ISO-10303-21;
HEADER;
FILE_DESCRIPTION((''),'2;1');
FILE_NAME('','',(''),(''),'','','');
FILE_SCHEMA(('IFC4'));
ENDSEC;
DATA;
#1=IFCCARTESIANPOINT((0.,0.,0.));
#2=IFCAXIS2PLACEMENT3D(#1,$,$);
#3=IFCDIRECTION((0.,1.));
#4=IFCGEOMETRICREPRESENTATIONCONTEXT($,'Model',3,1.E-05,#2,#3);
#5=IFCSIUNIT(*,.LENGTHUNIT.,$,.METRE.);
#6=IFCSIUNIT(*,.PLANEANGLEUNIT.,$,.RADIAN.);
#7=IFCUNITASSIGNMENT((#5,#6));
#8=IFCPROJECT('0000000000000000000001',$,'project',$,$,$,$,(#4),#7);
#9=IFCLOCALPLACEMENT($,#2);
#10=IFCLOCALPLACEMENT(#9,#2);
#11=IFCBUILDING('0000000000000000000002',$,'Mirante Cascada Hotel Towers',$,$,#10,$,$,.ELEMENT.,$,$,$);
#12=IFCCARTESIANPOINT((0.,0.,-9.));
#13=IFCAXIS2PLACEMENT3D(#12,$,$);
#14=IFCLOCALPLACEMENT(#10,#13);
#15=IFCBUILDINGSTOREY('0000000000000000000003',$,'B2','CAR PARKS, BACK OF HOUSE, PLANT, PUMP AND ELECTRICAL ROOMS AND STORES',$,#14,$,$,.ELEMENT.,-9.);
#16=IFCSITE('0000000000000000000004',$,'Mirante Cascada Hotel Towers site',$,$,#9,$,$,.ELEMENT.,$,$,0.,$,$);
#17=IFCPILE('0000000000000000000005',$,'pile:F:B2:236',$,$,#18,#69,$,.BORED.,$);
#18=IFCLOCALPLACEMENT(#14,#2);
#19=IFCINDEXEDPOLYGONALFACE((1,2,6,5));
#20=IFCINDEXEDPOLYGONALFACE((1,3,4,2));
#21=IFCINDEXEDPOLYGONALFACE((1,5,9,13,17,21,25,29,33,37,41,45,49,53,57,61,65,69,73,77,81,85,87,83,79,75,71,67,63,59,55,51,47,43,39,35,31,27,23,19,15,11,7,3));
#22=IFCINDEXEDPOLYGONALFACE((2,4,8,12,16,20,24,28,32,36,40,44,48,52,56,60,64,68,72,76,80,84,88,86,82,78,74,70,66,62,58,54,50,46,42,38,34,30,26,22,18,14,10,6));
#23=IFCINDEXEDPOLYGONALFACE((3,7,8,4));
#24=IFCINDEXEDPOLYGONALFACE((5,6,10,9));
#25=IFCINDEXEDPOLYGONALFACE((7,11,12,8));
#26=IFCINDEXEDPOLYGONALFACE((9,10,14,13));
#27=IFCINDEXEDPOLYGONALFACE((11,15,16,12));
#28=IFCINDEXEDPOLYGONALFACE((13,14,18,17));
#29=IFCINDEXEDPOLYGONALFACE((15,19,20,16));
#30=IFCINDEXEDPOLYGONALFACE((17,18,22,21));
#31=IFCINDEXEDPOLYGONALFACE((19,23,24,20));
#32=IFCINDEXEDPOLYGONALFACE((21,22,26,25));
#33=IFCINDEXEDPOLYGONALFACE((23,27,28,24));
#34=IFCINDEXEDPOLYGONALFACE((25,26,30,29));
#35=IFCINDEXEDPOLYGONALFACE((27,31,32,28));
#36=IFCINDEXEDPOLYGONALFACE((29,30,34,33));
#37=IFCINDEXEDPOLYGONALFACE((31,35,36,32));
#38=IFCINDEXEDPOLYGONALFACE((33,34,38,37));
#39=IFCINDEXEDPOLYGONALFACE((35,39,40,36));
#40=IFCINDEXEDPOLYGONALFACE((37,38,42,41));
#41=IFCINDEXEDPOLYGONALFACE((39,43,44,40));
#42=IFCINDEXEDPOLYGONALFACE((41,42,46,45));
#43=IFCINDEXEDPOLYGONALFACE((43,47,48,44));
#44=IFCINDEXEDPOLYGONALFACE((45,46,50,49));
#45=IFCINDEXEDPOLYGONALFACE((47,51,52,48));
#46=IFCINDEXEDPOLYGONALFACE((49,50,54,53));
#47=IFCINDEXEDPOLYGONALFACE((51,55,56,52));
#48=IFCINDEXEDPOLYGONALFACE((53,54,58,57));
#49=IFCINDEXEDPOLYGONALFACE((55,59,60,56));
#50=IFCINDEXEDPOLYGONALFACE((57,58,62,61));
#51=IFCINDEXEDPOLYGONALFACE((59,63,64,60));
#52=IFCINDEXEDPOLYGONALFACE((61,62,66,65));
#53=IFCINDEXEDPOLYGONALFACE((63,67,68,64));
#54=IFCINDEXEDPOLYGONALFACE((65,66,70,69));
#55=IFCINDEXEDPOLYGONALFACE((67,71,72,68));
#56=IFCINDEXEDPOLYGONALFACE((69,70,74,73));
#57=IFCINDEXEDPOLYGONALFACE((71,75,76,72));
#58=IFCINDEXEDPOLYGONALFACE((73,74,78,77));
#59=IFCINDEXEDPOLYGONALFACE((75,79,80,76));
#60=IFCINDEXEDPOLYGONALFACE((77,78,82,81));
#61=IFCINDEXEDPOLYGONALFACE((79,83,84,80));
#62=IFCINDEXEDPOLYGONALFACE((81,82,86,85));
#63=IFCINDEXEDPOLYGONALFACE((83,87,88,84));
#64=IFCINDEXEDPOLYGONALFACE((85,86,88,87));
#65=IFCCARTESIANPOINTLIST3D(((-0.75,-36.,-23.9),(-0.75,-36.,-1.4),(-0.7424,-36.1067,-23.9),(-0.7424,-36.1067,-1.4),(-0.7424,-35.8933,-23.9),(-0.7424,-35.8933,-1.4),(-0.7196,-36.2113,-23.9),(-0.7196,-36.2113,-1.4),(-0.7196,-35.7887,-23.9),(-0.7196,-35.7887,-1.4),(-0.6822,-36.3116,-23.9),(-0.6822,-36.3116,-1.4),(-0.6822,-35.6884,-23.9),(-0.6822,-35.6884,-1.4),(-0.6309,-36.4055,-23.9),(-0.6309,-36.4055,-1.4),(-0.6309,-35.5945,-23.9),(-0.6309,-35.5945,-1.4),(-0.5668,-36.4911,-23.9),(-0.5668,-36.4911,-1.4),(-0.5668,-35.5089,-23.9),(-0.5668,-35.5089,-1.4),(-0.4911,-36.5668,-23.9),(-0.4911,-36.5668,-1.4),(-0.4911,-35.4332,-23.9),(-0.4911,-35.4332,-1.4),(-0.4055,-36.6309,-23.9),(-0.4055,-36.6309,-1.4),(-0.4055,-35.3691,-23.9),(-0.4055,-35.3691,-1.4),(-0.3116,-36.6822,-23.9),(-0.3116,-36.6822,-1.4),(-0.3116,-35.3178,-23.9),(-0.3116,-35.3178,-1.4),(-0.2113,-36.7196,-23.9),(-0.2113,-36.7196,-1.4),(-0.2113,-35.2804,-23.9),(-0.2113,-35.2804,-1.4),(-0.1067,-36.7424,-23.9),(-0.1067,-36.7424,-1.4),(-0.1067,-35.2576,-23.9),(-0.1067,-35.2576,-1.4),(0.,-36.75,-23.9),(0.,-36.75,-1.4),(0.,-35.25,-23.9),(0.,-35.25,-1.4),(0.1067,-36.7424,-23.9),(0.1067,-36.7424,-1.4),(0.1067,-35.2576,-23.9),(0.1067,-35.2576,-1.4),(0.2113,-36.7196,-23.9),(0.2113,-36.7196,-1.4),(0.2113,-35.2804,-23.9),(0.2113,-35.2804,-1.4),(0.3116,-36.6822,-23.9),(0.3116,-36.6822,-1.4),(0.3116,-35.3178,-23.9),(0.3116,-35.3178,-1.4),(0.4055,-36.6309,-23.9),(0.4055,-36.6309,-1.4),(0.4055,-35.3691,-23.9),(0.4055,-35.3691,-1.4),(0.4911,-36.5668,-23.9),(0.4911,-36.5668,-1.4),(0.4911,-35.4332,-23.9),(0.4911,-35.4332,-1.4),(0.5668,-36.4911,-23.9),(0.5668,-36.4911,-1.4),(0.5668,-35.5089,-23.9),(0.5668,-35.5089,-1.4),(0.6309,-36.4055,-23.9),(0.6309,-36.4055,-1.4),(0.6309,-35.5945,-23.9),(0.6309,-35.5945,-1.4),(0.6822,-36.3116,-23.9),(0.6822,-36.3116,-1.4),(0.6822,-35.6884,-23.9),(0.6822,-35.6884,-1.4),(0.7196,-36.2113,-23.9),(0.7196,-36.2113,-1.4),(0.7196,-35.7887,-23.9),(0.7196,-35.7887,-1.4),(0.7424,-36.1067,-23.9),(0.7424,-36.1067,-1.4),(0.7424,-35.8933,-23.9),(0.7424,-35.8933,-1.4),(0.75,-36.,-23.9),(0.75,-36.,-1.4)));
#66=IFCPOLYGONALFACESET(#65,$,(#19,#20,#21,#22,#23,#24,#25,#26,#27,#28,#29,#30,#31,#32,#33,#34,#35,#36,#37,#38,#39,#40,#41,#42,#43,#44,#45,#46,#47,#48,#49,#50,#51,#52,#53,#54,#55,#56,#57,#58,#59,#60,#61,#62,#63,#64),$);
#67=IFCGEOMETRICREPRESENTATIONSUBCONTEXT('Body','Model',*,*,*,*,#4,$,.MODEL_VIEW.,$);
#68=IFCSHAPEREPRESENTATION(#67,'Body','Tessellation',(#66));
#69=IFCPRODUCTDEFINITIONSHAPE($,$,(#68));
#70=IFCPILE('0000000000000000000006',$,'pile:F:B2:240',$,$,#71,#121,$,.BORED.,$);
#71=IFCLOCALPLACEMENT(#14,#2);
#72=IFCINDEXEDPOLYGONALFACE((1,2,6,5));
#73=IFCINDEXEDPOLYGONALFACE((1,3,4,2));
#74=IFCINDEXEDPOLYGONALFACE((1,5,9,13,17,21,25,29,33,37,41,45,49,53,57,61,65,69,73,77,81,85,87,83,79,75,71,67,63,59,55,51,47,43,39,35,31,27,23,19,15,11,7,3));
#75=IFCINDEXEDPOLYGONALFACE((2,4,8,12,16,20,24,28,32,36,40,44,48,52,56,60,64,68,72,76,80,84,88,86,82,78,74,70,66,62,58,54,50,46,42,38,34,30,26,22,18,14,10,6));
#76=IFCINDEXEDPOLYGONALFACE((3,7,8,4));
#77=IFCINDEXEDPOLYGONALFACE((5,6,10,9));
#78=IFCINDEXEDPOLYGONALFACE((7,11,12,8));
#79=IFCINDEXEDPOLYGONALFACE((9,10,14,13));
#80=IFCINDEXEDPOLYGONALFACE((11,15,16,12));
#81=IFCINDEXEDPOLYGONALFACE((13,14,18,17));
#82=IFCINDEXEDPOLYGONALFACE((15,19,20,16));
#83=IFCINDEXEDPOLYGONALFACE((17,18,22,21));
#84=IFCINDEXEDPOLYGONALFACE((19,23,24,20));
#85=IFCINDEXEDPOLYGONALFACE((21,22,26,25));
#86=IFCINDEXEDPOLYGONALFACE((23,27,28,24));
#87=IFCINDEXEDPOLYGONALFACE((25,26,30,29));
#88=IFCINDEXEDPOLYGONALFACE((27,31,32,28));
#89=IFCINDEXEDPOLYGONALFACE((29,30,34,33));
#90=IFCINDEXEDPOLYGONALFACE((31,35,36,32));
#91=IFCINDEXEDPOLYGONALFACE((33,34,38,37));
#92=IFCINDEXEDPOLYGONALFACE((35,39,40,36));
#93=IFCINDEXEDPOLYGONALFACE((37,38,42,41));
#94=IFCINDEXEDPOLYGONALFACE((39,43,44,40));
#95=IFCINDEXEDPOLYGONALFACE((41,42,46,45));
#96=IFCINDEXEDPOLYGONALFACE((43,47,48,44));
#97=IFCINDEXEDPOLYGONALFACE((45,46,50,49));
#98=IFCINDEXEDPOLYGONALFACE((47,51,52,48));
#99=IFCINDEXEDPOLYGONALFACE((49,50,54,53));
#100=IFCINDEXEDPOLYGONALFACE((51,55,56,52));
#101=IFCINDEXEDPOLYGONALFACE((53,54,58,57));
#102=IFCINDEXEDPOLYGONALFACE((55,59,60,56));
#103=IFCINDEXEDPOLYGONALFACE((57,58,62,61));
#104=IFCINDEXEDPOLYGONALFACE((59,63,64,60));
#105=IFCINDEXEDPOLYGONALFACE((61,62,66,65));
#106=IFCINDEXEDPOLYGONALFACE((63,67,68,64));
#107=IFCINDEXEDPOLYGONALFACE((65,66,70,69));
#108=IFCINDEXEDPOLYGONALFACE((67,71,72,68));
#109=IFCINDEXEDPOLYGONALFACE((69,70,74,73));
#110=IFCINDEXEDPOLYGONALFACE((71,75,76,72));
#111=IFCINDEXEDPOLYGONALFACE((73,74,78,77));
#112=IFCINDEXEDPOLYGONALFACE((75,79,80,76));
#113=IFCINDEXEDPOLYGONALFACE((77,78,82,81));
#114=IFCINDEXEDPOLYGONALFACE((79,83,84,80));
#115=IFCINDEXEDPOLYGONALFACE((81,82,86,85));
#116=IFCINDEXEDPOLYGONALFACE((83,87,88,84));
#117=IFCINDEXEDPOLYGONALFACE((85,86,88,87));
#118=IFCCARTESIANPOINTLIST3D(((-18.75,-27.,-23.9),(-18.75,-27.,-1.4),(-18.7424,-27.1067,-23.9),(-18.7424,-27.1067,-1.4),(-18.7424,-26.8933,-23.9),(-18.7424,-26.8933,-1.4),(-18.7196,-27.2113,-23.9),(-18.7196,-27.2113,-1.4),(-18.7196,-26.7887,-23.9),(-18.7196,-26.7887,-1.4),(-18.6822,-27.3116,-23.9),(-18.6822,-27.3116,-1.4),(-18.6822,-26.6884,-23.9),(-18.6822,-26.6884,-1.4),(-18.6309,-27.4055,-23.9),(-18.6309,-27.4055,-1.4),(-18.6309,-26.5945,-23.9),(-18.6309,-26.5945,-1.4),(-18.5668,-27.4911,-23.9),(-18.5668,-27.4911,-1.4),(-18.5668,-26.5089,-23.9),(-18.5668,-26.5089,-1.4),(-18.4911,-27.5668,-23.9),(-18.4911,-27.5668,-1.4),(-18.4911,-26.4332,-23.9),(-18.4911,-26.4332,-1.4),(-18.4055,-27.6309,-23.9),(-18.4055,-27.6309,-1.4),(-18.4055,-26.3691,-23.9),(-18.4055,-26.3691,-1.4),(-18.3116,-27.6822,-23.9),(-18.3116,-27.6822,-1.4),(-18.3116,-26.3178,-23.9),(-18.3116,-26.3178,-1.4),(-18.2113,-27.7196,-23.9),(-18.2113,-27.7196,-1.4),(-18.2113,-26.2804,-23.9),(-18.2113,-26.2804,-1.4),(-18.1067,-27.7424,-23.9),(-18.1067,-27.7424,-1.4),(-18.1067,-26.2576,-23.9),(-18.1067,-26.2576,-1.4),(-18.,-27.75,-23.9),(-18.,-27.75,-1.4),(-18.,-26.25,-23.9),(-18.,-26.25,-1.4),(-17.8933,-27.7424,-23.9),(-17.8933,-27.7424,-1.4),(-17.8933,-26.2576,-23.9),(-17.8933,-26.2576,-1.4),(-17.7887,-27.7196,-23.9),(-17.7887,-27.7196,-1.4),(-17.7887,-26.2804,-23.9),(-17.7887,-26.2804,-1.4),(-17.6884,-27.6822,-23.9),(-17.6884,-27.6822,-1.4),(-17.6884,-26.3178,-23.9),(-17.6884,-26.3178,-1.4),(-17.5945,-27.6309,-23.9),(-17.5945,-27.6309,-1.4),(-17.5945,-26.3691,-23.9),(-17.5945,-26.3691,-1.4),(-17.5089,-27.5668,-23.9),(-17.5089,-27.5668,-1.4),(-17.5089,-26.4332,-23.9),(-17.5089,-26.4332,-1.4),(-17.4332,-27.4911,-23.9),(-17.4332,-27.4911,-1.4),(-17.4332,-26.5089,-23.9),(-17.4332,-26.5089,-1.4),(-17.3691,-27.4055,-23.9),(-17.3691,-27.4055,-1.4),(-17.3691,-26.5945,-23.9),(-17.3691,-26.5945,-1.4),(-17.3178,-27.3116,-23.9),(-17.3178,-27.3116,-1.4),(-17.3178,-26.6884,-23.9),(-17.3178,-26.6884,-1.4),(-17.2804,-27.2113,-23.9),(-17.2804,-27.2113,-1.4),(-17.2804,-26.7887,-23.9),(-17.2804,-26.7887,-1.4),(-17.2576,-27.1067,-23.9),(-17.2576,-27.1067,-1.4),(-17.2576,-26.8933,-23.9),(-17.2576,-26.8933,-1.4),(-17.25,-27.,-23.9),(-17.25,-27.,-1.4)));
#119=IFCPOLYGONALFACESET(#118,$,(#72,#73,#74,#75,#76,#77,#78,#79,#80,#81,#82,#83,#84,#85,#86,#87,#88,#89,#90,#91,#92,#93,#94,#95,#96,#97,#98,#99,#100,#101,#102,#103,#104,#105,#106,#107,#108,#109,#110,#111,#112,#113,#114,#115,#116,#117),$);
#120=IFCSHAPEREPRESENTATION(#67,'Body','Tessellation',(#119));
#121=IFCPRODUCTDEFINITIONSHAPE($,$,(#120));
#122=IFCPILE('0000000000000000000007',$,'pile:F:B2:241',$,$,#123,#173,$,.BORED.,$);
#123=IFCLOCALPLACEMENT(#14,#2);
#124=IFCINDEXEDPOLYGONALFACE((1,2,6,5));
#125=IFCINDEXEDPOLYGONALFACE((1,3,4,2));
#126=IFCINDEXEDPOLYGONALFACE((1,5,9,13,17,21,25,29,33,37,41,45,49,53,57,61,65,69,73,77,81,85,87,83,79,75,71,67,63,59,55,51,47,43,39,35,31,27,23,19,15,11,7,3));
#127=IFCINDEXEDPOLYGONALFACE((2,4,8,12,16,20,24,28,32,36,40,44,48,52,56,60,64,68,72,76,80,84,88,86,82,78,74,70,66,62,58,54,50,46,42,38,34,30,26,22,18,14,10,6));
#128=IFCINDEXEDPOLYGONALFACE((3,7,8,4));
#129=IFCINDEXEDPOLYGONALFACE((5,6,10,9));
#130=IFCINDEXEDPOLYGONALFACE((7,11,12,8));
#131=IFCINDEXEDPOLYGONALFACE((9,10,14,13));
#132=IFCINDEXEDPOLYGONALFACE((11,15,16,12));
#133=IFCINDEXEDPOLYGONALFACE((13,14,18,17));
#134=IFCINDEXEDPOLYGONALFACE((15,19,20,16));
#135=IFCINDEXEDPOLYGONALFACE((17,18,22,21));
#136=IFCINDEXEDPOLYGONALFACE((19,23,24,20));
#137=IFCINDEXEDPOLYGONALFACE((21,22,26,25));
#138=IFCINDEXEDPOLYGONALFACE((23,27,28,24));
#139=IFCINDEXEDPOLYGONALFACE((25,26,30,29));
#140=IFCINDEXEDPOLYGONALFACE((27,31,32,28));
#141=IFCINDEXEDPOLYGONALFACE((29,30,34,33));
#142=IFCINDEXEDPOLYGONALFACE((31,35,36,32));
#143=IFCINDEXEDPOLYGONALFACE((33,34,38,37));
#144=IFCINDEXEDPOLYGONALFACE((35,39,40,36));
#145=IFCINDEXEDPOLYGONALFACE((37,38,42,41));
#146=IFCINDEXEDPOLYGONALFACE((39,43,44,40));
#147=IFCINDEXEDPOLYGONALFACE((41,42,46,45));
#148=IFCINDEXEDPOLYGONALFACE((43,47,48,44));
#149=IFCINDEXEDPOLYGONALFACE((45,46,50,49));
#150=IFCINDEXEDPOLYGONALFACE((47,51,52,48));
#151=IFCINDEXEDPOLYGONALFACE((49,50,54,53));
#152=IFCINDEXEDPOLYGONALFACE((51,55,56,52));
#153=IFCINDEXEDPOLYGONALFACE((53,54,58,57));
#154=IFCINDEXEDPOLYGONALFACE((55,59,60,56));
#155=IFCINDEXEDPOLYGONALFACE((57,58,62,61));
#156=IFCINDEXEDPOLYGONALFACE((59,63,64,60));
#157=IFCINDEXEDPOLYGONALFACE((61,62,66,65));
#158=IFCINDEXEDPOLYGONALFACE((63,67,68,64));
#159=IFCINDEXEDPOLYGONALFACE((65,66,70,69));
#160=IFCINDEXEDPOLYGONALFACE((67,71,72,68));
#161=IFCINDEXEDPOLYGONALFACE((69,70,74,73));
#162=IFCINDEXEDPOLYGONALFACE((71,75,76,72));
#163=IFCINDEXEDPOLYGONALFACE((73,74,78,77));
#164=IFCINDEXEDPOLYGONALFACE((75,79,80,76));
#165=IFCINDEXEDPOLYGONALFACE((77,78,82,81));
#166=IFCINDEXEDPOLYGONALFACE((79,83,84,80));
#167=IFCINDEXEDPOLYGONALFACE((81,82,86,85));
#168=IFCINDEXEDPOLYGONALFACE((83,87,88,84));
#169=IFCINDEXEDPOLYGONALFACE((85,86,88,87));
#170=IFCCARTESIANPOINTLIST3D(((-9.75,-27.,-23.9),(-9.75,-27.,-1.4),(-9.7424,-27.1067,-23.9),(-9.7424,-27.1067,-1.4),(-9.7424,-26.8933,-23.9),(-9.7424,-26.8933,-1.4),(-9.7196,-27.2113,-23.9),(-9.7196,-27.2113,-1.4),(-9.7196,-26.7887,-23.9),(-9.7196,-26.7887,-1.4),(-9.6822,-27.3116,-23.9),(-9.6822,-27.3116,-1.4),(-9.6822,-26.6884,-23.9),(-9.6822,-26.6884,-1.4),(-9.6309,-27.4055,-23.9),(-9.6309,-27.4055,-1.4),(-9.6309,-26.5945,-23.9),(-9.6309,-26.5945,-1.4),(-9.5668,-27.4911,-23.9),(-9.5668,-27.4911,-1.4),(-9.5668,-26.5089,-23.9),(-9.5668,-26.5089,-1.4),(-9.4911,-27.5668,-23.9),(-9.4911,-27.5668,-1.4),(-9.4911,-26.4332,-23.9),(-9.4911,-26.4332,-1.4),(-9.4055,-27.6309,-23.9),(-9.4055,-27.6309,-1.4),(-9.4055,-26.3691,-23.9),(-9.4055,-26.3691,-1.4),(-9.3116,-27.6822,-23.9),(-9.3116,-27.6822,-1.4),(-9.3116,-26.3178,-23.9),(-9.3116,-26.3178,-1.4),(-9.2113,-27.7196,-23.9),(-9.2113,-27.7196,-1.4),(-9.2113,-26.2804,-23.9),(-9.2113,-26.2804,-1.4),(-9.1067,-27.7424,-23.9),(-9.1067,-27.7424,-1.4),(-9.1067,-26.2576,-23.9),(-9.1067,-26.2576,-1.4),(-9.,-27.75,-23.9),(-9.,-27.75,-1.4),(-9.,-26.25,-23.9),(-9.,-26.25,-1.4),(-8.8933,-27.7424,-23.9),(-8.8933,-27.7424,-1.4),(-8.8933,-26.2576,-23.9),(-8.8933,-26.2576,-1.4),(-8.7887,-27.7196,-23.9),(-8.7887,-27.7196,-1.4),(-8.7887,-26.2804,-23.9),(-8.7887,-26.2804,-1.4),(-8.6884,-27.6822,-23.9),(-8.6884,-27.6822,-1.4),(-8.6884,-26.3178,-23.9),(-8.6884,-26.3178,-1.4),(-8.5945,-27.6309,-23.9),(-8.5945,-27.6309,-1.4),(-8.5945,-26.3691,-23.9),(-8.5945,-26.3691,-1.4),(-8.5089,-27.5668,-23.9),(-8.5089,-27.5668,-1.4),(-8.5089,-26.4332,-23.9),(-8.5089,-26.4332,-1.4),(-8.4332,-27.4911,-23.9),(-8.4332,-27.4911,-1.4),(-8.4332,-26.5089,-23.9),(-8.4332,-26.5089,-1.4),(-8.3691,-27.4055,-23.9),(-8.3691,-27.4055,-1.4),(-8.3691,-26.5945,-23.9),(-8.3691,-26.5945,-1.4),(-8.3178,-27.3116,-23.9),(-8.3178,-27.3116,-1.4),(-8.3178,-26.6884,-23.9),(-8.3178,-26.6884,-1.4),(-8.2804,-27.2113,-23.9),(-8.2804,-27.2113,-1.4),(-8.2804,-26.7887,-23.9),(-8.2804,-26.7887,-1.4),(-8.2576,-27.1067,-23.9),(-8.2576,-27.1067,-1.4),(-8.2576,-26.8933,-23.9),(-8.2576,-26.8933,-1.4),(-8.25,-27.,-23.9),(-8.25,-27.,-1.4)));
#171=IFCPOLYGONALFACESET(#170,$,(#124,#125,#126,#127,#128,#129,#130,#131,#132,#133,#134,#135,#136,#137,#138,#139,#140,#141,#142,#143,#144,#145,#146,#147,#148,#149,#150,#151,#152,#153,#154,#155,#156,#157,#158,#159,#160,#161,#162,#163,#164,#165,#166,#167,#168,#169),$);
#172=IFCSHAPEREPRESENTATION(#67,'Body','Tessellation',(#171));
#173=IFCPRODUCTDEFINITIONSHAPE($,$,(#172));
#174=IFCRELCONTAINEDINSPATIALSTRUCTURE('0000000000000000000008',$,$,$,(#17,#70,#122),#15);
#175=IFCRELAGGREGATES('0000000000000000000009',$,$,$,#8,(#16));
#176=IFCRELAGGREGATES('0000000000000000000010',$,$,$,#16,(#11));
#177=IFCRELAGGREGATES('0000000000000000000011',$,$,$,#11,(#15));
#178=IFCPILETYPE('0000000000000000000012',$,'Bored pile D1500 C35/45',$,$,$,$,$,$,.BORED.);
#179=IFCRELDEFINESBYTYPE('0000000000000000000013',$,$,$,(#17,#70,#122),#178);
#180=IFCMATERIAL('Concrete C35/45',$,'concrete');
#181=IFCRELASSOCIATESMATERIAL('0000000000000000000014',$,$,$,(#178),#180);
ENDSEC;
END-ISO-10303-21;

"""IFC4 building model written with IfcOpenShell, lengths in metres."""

from ifc_helpers import new_model, si_unit, direction, frame, origin, origin_2d, place, context, subcontext, project, spatial, circle, extrude, material, material_profile, profile_set, type_object, element, save


model = new_model("IFC4")

# Units and contexts
model_context = context("Model", 3, precision=1e-05, world=origin(), true_north=direction((0.0, 1.0)))
body_context = subcontext(model_context, "Body", "Model", "MODEL_VIEW")
ifc_project = project(units=[si_unit("LENGTHUNIT", "METRE"), si_unit("PLANEANGLEUNIT", "RADIAN")], contexts=[model_context])

# Site, building, storey
site_placement = place(None, origin())
site = spatial("IfcSite", under=ifc_project, at=site_placement, Name="Mirante Cascada Hotel Towers site", CompositionType="ELEMENT", RefElevation=0.0)
building_placement = place(site_placement, origin())
building = spatial("IfcBuilding", under=site, at=building_placement, Name="Mirante Cascada Hotel Towers", CompositionType="ELEMENT")
storey_placement = place(building_placement, frame((0.0, 0.0, -9.0)))
storey = spatial("IfcBuildingStorey", under=building, at=storey_placement, Name="B2", Description="CAR PARKS, BACK OF HOUSE, PLANT, PUMP AND ELECTRICAL ROOMS AND STORES", CompositionType="ELEMENT", Elevation=-9.0)

# Piles
ifc_material_1 = material(Name="Concrete C35/45", Category="concrete")
ifc_material_profile_1 = material_profile(ifc_material_1, circle(Radius=0.75, at=origin_2d()), Name="RC D1500")
ifc_profile_set_1 = profile_set([ifc_material_profile_1], Name="Concrete C35/45")
pile_type = type_object("IfcPileType", Name="Bored pile D1500 C35/45", PredefinedType="BORED", material=ifc_profile_set_1)
for number, where, z_axis, x_axis, name in (
    (1, (0.0, -36.0, -1.4), (0.0, 0.0, -1.0), (1.0, 0.0, 0.0), "pile:F:B2:236"),
    (2, (-18.0, -27.0, -1.4), (0.0, 0.0, -1.0), (1.0, 0.0, 0.0), "pile:F:B2:240"),
    (3, (-9.0, -27.0, -1.4), (0.0, 0.0, -1.0), (1.0, 0.0, 0.0), "pile:F:B2:241"),
):
    element("IfcPile", number, at=place(storey_placement, frame(where, z_axis=z_axis, x_axis=x_axis)), inside=storey, type_object=pile_type, Name=name, PredefinedType="BORED", context=body_context, shape_type="SweptSolid", body=[
        extrude(circle(Radius=0.75, at=origin_2d()), origin(), (0.0, 0.0, 1.0), 22.5),
    ])

save(model, "model.ifc")
